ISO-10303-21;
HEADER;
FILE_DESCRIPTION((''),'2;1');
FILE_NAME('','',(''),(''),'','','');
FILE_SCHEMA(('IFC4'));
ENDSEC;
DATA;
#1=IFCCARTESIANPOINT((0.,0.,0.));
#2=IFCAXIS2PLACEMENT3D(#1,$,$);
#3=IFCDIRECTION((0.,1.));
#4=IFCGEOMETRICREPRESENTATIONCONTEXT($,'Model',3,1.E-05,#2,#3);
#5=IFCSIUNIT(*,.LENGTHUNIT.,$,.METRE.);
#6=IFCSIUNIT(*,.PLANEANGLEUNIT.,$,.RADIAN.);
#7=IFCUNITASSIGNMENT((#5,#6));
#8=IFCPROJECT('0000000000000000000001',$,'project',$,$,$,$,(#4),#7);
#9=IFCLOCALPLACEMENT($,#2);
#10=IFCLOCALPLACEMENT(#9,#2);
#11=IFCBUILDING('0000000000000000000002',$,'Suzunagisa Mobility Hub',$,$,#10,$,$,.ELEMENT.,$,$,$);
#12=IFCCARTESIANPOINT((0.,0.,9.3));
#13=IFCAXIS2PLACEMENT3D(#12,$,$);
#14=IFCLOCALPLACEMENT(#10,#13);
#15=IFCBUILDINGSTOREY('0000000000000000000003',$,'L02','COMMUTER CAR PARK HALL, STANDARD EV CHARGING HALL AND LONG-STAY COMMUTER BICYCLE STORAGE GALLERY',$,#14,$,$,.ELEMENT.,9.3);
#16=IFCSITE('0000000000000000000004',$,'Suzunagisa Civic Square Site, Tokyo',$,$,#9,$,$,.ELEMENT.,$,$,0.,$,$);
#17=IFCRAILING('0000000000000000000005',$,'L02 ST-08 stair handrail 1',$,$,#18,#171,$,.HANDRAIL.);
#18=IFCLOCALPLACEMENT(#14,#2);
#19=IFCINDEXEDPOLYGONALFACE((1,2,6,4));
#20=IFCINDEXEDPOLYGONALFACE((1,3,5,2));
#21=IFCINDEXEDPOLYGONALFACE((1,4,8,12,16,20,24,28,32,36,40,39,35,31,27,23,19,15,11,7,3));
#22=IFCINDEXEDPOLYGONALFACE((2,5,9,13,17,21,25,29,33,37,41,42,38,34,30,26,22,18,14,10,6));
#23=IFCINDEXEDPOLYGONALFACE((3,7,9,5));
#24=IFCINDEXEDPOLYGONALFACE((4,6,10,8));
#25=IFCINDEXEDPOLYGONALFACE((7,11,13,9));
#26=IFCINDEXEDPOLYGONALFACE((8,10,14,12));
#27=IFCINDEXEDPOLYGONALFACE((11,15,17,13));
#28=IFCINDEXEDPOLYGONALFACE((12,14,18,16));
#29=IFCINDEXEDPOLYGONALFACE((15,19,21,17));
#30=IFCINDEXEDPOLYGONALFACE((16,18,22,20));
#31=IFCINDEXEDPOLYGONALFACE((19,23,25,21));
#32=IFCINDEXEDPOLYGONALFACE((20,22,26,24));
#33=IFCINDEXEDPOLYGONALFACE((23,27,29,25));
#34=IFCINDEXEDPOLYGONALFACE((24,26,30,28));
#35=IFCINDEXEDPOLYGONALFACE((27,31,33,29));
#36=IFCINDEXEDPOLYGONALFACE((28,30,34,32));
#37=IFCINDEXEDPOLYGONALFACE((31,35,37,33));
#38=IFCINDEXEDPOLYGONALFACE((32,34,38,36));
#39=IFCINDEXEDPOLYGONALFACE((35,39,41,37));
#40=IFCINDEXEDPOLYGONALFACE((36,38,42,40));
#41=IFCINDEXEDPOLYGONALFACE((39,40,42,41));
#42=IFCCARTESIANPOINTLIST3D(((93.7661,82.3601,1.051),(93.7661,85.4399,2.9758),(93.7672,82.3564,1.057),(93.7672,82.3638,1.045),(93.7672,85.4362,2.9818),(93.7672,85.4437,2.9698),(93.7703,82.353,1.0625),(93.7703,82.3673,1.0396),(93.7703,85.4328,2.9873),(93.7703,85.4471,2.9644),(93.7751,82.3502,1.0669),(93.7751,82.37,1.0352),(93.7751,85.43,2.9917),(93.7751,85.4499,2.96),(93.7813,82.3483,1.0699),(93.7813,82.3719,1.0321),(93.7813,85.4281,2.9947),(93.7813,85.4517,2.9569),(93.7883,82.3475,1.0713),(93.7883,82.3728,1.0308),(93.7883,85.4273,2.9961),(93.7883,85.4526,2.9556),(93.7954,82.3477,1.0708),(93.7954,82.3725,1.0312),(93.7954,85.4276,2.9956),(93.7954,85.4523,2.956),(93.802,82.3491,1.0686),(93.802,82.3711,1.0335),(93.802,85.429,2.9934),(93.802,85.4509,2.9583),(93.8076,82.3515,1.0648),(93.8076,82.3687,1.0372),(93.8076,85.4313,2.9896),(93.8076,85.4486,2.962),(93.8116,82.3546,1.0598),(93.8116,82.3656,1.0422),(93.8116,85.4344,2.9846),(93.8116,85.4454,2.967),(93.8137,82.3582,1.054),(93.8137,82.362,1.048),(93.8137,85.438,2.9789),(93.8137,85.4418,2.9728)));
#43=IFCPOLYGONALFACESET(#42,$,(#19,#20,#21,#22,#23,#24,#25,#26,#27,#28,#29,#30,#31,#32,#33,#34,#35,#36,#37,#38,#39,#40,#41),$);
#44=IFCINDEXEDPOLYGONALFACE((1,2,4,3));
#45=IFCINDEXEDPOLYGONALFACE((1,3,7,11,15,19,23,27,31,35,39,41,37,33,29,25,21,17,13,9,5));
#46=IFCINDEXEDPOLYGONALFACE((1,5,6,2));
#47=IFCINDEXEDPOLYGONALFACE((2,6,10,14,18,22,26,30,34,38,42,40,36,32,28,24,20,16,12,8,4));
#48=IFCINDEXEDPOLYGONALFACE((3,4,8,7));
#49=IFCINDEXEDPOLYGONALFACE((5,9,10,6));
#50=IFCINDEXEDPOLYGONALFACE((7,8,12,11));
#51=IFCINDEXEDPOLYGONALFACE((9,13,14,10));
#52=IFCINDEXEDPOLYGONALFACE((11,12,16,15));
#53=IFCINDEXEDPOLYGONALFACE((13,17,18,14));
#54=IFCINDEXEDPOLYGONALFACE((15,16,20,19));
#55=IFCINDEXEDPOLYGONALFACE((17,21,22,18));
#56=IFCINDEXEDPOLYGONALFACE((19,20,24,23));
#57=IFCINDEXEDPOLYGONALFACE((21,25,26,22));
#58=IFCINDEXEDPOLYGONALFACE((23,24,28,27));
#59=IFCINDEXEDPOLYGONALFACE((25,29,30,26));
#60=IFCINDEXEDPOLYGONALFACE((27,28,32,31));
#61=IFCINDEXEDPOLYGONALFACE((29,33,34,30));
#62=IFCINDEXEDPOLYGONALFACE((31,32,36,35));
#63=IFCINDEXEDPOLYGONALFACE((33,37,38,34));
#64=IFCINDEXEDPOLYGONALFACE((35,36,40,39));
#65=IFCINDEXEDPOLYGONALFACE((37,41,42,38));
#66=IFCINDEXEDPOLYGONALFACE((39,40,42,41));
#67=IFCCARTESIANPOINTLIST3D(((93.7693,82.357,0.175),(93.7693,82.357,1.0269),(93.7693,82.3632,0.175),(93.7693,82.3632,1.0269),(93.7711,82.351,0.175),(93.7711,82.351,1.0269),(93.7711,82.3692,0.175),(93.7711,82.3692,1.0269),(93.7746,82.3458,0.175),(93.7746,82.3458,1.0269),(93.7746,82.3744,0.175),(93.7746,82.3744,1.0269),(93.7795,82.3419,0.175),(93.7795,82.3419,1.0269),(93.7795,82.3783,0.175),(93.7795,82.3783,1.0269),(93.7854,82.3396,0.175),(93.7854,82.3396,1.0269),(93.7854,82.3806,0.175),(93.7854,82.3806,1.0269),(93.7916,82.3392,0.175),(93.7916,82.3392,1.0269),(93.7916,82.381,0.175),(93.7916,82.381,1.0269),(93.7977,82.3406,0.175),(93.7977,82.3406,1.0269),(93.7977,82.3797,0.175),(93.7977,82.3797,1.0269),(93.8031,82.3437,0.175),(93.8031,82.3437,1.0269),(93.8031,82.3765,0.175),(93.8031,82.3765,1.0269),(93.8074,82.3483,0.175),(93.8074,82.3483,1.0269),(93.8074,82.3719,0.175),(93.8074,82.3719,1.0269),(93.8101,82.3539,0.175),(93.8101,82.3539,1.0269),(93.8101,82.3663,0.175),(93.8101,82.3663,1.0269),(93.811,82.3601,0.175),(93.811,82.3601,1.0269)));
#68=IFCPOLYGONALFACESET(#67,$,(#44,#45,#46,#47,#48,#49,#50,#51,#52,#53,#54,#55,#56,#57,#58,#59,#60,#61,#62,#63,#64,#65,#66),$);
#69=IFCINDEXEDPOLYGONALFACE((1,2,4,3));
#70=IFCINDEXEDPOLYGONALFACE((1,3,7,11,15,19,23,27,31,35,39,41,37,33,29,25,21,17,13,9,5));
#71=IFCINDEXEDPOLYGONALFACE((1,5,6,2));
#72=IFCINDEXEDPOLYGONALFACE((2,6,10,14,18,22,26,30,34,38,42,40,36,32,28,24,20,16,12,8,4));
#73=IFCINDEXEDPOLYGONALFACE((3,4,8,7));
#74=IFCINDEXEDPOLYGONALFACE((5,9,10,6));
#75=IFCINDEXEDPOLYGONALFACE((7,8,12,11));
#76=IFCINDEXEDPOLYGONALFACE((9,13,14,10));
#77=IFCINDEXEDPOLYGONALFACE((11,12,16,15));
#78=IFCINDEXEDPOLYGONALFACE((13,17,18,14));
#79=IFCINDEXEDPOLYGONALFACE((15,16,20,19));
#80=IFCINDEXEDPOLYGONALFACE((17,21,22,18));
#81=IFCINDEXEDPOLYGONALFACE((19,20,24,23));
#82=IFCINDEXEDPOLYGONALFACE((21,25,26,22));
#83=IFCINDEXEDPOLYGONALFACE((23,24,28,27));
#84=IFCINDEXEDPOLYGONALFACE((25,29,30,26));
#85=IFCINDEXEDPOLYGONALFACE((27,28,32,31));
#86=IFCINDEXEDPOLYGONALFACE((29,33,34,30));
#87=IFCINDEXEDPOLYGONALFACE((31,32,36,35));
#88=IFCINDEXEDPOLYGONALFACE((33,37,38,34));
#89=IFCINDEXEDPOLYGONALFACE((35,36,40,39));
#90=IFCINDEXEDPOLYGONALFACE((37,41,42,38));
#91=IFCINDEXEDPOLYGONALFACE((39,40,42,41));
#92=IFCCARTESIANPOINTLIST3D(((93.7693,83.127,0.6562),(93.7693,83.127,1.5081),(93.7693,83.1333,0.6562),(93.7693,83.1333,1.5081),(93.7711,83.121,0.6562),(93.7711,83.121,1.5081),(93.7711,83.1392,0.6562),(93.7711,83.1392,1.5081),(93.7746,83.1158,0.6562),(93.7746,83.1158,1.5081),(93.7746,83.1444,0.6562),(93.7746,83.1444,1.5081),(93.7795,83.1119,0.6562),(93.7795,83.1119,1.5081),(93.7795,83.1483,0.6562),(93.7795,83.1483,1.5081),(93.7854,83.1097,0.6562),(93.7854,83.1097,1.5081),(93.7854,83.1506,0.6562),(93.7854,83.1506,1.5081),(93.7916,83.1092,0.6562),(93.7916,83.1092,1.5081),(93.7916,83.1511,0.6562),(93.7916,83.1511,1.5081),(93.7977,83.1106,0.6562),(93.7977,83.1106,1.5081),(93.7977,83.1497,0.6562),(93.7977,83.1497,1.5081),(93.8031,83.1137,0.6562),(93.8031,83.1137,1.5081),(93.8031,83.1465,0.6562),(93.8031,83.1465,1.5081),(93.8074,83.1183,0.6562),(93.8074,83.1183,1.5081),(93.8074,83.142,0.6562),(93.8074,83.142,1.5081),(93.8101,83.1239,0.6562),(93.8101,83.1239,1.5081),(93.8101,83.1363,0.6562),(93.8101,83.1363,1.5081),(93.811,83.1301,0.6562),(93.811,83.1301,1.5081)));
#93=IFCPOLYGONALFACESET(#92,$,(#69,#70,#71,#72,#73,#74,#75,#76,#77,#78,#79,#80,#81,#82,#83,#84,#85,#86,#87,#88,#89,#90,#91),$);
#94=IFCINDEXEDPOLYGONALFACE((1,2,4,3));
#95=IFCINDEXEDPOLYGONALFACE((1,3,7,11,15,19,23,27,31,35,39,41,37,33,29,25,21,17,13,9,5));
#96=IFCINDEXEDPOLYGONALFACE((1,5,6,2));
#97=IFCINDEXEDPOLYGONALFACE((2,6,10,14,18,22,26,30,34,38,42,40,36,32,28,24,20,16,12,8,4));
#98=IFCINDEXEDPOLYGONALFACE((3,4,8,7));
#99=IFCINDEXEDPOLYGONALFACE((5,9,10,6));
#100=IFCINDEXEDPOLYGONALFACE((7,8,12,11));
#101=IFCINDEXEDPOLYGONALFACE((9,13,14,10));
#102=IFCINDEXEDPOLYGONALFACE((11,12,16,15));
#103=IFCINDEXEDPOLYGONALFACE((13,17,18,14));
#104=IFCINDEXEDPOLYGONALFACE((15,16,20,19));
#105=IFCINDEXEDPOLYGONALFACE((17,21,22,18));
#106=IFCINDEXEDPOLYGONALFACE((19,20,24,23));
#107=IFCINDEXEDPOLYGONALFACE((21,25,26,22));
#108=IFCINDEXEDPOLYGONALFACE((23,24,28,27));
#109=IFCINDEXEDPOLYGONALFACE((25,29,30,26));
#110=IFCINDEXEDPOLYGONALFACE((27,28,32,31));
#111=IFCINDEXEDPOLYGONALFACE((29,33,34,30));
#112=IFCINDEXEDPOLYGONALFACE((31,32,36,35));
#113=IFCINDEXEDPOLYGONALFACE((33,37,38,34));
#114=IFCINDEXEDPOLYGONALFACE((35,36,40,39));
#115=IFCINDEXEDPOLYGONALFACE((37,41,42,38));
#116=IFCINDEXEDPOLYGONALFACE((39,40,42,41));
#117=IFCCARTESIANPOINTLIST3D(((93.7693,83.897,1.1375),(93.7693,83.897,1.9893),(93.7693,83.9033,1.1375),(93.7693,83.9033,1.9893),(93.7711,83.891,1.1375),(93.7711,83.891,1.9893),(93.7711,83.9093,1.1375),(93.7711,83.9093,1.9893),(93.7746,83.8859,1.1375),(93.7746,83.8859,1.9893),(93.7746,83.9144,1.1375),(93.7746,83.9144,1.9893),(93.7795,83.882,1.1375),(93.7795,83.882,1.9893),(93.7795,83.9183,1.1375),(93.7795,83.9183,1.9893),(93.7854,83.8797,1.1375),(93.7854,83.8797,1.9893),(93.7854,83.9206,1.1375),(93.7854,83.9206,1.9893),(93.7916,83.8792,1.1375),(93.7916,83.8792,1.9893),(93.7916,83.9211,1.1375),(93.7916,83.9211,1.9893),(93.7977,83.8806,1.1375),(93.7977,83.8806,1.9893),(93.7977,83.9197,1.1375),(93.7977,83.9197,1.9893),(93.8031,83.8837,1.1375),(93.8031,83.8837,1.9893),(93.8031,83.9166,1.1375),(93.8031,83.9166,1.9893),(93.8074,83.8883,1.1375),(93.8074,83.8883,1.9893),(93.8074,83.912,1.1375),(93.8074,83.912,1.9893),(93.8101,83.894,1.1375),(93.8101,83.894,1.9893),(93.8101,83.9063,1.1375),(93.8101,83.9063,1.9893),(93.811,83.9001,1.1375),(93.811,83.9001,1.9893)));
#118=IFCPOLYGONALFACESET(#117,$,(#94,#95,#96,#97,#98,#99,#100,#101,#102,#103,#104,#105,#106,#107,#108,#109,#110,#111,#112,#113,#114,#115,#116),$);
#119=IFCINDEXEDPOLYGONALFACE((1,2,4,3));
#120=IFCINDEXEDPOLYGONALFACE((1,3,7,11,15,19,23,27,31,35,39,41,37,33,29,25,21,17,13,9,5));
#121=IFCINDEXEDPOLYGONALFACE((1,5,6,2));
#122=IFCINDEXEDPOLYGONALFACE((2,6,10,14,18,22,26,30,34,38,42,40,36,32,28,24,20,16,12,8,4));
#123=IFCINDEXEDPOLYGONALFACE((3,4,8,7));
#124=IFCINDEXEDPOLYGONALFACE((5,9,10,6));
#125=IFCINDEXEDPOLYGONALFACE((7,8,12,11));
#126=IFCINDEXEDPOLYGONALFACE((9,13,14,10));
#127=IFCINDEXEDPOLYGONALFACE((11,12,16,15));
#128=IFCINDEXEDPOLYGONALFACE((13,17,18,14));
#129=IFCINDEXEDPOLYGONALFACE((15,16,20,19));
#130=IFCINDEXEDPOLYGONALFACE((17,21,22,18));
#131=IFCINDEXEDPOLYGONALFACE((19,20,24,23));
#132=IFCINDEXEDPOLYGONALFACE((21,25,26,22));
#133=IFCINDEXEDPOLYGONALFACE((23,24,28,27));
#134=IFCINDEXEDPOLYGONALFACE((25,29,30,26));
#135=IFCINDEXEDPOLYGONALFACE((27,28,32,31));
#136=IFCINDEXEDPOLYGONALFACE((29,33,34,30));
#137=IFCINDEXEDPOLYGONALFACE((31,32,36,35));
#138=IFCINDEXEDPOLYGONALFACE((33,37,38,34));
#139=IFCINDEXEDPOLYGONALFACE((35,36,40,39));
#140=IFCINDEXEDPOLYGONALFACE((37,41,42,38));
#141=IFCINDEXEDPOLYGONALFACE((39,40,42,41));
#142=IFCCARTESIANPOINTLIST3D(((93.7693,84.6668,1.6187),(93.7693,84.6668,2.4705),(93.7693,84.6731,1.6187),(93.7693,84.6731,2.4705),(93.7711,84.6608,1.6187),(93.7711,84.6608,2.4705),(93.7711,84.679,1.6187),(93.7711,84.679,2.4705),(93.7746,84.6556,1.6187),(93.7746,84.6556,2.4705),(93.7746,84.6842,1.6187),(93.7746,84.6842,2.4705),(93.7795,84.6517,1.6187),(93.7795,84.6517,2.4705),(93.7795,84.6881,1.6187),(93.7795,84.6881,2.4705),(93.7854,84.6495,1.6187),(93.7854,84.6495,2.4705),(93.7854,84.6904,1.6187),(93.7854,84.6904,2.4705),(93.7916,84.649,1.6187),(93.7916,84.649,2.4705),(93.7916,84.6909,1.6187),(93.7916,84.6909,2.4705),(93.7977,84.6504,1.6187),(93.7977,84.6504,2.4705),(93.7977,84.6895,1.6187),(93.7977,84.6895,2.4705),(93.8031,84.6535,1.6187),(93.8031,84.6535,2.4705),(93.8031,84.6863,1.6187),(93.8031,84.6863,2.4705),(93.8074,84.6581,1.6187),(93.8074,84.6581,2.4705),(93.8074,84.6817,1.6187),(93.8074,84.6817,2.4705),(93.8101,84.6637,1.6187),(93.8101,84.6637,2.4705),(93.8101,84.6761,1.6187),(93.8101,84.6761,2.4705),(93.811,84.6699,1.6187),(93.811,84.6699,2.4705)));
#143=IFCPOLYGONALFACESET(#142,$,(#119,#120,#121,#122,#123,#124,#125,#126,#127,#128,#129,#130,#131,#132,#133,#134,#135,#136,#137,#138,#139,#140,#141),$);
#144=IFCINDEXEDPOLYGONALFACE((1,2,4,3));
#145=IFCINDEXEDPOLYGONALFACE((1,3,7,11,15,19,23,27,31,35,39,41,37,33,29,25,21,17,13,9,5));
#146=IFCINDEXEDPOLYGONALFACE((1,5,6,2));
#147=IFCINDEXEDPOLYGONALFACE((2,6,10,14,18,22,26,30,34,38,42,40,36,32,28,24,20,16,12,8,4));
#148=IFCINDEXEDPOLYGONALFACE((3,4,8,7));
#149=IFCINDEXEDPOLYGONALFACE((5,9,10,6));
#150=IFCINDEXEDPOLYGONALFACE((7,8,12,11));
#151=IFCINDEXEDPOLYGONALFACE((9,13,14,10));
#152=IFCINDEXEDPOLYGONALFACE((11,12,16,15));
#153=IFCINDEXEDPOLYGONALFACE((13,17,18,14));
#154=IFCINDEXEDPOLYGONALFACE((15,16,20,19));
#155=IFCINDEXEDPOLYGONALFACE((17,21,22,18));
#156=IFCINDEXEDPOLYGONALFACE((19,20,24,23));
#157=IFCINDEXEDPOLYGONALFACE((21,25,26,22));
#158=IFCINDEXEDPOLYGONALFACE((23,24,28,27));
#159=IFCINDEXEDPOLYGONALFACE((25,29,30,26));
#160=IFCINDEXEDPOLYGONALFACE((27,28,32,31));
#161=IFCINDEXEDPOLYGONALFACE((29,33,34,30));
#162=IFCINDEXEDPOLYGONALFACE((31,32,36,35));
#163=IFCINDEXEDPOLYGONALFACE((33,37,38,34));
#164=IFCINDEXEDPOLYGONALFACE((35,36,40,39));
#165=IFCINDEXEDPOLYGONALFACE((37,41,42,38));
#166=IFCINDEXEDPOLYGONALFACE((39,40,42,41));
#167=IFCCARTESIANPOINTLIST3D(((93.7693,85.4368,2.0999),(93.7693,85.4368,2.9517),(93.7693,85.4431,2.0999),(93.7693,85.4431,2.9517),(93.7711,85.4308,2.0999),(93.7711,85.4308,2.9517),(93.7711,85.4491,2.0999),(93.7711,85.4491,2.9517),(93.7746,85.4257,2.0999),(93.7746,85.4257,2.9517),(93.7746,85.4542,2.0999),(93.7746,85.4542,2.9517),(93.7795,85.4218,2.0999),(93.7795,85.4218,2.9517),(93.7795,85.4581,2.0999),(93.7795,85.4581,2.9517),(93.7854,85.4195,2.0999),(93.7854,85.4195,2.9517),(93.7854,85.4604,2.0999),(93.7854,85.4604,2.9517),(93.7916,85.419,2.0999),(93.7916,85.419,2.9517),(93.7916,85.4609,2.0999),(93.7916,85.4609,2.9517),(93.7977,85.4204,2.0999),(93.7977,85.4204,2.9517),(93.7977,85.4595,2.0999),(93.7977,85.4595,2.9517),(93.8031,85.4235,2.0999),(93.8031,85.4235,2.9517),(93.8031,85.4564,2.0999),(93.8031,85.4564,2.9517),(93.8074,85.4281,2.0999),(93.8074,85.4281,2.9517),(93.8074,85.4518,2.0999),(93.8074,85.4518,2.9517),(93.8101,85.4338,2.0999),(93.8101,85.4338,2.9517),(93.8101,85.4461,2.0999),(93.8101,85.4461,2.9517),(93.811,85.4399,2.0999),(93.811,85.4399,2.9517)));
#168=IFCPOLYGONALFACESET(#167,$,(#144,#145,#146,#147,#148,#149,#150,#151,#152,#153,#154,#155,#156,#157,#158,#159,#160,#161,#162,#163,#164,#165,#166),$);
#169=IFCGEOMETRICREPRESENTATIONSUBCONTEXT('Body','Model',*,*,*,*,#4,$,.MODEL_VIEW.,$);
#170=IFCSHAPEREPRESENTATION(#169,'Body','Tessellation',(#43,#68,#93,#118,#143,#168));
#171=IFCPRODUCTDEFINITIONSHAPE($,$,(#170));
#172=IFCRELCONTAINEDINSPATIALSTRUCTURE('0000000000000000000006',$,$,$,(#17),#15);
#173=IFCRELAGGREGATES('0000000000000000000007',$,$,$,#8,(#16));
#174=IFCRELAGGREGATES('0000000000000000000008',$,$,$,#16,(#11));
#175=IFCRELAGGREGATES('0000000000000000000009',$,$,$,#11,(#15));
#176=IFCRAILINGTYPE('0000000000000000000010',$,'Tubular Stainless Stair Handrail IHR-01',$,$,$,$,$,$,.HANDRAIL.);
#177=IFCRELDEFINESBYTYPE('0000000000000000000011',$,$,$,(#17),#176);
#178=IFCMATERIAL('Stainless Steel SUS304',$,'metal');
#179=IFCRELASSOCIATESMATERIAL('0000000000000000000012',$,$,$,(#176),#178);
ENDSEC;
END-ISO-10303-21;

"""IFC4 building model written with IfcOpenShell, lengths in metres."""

from ifc_helpers import new_model, si_unit, direction, frame, origin, origin_2d, place, context, subcontext, project, spatial, circle, extrude, material, type_object, element, save


model = new_model("IFC4")

# Units and contexts
model_context = context("Model", 3, precision=1e-05, world=origin(), true_north=direction((0.0, 1.0)))
body_context = subcontext(model_context, "Body", "Model", "MODEL_VIEW")
ifc_project = project(units=[si_unit("LENGTHUNIT", "METRE"), si_unit("PLANEANGLEUNIT", "RADIAN")], contexts=[model_context])

# Site, building, storey
site_placement = place(None, origin())
site = spatial("IfcSite", under=ifc_project, at=site_placement, Name="Suzunagisa Civic Square Site, Tokyo", CompositionType="ELEMENT", RefElevation=0.0)
building_placement = place(site_placement, origin())
building = spatial("IfcBuilding", under=site, at=building_placement, Name="Suzunagisa Mobility Hub", CompositionType="ELEMENT")
storey_placement = place(building_placement, frame((0.0, 0.0, 9.3)))
storey = spatial("IfcBuildingStorey", under=building, at=storey_placement, Name="L02", Description="COMMUTER CAR PARK HALL, STANDARD EV CHARGING HALL AND LONG-STAY COMMUTER BICYCLE STORAGE GALLERY", CompositionType="ELEMENT", Elevation=9.3)

# Railing
ifc_material_1 = material(Name="Stainless Steel SUS304", Category="metal")
railing_type_1 = type_object("IfcRailingType", Name="Tubular Stainless Stair Handrail IHR-01", PredefinedType="HANDRAIL", material=ifc_material_1)
railing_1_placement = place(storey_placement, frame((93.79, 82.3601, 0.175)))
element("IfcRailing", 1, at=railing_1_placement, inside=storey, type_object=railing_type_1, Name="L02 ST-08 stair handrail 1", PredefinedType="HANDRAIL", context=body_context, shape_type="SweptSolid", body=[
    extrude(circle(Radius=0.0239, at=origin_2d()), frame((0.0, 0.0, 0.876), z_axis=(0.0, 0.84801, 0.529981), x_axis=(-1.0, 0.0, 0.0)), (0.0, 0.0, 1.0), 3.6318),
    extrude(circle(Radius=0.021, at=origin_2d()), origin(), (0.0, 0.0, 1.0), 0.8518),
    extrude(circle(Radius=0.021, at=origin_2d()), frame((0.0, 0.77, 0.4812)), (0.0, 0.0, 1.0), 0.8518),
    extrude(circle(Radius=0.021, at=origin_2d()), frame((0.0, 1.54, 0.9624)), (0.0, 0.0, 1.0), 0.8518),
    extrude(circle(Radius=0.021, at=origin_2d()), frame((0.0, 2.3098, 1.4436)), (0.0, 0.0, 1.0), 0.8518),
    extrude(circle(Radius=0.021, at=origin_2d()), frame((0.0, 3.0798, 1.9248)), (0.0, 0.0, 1.0), 0.8518),
])

save(model, "model.ifc")
